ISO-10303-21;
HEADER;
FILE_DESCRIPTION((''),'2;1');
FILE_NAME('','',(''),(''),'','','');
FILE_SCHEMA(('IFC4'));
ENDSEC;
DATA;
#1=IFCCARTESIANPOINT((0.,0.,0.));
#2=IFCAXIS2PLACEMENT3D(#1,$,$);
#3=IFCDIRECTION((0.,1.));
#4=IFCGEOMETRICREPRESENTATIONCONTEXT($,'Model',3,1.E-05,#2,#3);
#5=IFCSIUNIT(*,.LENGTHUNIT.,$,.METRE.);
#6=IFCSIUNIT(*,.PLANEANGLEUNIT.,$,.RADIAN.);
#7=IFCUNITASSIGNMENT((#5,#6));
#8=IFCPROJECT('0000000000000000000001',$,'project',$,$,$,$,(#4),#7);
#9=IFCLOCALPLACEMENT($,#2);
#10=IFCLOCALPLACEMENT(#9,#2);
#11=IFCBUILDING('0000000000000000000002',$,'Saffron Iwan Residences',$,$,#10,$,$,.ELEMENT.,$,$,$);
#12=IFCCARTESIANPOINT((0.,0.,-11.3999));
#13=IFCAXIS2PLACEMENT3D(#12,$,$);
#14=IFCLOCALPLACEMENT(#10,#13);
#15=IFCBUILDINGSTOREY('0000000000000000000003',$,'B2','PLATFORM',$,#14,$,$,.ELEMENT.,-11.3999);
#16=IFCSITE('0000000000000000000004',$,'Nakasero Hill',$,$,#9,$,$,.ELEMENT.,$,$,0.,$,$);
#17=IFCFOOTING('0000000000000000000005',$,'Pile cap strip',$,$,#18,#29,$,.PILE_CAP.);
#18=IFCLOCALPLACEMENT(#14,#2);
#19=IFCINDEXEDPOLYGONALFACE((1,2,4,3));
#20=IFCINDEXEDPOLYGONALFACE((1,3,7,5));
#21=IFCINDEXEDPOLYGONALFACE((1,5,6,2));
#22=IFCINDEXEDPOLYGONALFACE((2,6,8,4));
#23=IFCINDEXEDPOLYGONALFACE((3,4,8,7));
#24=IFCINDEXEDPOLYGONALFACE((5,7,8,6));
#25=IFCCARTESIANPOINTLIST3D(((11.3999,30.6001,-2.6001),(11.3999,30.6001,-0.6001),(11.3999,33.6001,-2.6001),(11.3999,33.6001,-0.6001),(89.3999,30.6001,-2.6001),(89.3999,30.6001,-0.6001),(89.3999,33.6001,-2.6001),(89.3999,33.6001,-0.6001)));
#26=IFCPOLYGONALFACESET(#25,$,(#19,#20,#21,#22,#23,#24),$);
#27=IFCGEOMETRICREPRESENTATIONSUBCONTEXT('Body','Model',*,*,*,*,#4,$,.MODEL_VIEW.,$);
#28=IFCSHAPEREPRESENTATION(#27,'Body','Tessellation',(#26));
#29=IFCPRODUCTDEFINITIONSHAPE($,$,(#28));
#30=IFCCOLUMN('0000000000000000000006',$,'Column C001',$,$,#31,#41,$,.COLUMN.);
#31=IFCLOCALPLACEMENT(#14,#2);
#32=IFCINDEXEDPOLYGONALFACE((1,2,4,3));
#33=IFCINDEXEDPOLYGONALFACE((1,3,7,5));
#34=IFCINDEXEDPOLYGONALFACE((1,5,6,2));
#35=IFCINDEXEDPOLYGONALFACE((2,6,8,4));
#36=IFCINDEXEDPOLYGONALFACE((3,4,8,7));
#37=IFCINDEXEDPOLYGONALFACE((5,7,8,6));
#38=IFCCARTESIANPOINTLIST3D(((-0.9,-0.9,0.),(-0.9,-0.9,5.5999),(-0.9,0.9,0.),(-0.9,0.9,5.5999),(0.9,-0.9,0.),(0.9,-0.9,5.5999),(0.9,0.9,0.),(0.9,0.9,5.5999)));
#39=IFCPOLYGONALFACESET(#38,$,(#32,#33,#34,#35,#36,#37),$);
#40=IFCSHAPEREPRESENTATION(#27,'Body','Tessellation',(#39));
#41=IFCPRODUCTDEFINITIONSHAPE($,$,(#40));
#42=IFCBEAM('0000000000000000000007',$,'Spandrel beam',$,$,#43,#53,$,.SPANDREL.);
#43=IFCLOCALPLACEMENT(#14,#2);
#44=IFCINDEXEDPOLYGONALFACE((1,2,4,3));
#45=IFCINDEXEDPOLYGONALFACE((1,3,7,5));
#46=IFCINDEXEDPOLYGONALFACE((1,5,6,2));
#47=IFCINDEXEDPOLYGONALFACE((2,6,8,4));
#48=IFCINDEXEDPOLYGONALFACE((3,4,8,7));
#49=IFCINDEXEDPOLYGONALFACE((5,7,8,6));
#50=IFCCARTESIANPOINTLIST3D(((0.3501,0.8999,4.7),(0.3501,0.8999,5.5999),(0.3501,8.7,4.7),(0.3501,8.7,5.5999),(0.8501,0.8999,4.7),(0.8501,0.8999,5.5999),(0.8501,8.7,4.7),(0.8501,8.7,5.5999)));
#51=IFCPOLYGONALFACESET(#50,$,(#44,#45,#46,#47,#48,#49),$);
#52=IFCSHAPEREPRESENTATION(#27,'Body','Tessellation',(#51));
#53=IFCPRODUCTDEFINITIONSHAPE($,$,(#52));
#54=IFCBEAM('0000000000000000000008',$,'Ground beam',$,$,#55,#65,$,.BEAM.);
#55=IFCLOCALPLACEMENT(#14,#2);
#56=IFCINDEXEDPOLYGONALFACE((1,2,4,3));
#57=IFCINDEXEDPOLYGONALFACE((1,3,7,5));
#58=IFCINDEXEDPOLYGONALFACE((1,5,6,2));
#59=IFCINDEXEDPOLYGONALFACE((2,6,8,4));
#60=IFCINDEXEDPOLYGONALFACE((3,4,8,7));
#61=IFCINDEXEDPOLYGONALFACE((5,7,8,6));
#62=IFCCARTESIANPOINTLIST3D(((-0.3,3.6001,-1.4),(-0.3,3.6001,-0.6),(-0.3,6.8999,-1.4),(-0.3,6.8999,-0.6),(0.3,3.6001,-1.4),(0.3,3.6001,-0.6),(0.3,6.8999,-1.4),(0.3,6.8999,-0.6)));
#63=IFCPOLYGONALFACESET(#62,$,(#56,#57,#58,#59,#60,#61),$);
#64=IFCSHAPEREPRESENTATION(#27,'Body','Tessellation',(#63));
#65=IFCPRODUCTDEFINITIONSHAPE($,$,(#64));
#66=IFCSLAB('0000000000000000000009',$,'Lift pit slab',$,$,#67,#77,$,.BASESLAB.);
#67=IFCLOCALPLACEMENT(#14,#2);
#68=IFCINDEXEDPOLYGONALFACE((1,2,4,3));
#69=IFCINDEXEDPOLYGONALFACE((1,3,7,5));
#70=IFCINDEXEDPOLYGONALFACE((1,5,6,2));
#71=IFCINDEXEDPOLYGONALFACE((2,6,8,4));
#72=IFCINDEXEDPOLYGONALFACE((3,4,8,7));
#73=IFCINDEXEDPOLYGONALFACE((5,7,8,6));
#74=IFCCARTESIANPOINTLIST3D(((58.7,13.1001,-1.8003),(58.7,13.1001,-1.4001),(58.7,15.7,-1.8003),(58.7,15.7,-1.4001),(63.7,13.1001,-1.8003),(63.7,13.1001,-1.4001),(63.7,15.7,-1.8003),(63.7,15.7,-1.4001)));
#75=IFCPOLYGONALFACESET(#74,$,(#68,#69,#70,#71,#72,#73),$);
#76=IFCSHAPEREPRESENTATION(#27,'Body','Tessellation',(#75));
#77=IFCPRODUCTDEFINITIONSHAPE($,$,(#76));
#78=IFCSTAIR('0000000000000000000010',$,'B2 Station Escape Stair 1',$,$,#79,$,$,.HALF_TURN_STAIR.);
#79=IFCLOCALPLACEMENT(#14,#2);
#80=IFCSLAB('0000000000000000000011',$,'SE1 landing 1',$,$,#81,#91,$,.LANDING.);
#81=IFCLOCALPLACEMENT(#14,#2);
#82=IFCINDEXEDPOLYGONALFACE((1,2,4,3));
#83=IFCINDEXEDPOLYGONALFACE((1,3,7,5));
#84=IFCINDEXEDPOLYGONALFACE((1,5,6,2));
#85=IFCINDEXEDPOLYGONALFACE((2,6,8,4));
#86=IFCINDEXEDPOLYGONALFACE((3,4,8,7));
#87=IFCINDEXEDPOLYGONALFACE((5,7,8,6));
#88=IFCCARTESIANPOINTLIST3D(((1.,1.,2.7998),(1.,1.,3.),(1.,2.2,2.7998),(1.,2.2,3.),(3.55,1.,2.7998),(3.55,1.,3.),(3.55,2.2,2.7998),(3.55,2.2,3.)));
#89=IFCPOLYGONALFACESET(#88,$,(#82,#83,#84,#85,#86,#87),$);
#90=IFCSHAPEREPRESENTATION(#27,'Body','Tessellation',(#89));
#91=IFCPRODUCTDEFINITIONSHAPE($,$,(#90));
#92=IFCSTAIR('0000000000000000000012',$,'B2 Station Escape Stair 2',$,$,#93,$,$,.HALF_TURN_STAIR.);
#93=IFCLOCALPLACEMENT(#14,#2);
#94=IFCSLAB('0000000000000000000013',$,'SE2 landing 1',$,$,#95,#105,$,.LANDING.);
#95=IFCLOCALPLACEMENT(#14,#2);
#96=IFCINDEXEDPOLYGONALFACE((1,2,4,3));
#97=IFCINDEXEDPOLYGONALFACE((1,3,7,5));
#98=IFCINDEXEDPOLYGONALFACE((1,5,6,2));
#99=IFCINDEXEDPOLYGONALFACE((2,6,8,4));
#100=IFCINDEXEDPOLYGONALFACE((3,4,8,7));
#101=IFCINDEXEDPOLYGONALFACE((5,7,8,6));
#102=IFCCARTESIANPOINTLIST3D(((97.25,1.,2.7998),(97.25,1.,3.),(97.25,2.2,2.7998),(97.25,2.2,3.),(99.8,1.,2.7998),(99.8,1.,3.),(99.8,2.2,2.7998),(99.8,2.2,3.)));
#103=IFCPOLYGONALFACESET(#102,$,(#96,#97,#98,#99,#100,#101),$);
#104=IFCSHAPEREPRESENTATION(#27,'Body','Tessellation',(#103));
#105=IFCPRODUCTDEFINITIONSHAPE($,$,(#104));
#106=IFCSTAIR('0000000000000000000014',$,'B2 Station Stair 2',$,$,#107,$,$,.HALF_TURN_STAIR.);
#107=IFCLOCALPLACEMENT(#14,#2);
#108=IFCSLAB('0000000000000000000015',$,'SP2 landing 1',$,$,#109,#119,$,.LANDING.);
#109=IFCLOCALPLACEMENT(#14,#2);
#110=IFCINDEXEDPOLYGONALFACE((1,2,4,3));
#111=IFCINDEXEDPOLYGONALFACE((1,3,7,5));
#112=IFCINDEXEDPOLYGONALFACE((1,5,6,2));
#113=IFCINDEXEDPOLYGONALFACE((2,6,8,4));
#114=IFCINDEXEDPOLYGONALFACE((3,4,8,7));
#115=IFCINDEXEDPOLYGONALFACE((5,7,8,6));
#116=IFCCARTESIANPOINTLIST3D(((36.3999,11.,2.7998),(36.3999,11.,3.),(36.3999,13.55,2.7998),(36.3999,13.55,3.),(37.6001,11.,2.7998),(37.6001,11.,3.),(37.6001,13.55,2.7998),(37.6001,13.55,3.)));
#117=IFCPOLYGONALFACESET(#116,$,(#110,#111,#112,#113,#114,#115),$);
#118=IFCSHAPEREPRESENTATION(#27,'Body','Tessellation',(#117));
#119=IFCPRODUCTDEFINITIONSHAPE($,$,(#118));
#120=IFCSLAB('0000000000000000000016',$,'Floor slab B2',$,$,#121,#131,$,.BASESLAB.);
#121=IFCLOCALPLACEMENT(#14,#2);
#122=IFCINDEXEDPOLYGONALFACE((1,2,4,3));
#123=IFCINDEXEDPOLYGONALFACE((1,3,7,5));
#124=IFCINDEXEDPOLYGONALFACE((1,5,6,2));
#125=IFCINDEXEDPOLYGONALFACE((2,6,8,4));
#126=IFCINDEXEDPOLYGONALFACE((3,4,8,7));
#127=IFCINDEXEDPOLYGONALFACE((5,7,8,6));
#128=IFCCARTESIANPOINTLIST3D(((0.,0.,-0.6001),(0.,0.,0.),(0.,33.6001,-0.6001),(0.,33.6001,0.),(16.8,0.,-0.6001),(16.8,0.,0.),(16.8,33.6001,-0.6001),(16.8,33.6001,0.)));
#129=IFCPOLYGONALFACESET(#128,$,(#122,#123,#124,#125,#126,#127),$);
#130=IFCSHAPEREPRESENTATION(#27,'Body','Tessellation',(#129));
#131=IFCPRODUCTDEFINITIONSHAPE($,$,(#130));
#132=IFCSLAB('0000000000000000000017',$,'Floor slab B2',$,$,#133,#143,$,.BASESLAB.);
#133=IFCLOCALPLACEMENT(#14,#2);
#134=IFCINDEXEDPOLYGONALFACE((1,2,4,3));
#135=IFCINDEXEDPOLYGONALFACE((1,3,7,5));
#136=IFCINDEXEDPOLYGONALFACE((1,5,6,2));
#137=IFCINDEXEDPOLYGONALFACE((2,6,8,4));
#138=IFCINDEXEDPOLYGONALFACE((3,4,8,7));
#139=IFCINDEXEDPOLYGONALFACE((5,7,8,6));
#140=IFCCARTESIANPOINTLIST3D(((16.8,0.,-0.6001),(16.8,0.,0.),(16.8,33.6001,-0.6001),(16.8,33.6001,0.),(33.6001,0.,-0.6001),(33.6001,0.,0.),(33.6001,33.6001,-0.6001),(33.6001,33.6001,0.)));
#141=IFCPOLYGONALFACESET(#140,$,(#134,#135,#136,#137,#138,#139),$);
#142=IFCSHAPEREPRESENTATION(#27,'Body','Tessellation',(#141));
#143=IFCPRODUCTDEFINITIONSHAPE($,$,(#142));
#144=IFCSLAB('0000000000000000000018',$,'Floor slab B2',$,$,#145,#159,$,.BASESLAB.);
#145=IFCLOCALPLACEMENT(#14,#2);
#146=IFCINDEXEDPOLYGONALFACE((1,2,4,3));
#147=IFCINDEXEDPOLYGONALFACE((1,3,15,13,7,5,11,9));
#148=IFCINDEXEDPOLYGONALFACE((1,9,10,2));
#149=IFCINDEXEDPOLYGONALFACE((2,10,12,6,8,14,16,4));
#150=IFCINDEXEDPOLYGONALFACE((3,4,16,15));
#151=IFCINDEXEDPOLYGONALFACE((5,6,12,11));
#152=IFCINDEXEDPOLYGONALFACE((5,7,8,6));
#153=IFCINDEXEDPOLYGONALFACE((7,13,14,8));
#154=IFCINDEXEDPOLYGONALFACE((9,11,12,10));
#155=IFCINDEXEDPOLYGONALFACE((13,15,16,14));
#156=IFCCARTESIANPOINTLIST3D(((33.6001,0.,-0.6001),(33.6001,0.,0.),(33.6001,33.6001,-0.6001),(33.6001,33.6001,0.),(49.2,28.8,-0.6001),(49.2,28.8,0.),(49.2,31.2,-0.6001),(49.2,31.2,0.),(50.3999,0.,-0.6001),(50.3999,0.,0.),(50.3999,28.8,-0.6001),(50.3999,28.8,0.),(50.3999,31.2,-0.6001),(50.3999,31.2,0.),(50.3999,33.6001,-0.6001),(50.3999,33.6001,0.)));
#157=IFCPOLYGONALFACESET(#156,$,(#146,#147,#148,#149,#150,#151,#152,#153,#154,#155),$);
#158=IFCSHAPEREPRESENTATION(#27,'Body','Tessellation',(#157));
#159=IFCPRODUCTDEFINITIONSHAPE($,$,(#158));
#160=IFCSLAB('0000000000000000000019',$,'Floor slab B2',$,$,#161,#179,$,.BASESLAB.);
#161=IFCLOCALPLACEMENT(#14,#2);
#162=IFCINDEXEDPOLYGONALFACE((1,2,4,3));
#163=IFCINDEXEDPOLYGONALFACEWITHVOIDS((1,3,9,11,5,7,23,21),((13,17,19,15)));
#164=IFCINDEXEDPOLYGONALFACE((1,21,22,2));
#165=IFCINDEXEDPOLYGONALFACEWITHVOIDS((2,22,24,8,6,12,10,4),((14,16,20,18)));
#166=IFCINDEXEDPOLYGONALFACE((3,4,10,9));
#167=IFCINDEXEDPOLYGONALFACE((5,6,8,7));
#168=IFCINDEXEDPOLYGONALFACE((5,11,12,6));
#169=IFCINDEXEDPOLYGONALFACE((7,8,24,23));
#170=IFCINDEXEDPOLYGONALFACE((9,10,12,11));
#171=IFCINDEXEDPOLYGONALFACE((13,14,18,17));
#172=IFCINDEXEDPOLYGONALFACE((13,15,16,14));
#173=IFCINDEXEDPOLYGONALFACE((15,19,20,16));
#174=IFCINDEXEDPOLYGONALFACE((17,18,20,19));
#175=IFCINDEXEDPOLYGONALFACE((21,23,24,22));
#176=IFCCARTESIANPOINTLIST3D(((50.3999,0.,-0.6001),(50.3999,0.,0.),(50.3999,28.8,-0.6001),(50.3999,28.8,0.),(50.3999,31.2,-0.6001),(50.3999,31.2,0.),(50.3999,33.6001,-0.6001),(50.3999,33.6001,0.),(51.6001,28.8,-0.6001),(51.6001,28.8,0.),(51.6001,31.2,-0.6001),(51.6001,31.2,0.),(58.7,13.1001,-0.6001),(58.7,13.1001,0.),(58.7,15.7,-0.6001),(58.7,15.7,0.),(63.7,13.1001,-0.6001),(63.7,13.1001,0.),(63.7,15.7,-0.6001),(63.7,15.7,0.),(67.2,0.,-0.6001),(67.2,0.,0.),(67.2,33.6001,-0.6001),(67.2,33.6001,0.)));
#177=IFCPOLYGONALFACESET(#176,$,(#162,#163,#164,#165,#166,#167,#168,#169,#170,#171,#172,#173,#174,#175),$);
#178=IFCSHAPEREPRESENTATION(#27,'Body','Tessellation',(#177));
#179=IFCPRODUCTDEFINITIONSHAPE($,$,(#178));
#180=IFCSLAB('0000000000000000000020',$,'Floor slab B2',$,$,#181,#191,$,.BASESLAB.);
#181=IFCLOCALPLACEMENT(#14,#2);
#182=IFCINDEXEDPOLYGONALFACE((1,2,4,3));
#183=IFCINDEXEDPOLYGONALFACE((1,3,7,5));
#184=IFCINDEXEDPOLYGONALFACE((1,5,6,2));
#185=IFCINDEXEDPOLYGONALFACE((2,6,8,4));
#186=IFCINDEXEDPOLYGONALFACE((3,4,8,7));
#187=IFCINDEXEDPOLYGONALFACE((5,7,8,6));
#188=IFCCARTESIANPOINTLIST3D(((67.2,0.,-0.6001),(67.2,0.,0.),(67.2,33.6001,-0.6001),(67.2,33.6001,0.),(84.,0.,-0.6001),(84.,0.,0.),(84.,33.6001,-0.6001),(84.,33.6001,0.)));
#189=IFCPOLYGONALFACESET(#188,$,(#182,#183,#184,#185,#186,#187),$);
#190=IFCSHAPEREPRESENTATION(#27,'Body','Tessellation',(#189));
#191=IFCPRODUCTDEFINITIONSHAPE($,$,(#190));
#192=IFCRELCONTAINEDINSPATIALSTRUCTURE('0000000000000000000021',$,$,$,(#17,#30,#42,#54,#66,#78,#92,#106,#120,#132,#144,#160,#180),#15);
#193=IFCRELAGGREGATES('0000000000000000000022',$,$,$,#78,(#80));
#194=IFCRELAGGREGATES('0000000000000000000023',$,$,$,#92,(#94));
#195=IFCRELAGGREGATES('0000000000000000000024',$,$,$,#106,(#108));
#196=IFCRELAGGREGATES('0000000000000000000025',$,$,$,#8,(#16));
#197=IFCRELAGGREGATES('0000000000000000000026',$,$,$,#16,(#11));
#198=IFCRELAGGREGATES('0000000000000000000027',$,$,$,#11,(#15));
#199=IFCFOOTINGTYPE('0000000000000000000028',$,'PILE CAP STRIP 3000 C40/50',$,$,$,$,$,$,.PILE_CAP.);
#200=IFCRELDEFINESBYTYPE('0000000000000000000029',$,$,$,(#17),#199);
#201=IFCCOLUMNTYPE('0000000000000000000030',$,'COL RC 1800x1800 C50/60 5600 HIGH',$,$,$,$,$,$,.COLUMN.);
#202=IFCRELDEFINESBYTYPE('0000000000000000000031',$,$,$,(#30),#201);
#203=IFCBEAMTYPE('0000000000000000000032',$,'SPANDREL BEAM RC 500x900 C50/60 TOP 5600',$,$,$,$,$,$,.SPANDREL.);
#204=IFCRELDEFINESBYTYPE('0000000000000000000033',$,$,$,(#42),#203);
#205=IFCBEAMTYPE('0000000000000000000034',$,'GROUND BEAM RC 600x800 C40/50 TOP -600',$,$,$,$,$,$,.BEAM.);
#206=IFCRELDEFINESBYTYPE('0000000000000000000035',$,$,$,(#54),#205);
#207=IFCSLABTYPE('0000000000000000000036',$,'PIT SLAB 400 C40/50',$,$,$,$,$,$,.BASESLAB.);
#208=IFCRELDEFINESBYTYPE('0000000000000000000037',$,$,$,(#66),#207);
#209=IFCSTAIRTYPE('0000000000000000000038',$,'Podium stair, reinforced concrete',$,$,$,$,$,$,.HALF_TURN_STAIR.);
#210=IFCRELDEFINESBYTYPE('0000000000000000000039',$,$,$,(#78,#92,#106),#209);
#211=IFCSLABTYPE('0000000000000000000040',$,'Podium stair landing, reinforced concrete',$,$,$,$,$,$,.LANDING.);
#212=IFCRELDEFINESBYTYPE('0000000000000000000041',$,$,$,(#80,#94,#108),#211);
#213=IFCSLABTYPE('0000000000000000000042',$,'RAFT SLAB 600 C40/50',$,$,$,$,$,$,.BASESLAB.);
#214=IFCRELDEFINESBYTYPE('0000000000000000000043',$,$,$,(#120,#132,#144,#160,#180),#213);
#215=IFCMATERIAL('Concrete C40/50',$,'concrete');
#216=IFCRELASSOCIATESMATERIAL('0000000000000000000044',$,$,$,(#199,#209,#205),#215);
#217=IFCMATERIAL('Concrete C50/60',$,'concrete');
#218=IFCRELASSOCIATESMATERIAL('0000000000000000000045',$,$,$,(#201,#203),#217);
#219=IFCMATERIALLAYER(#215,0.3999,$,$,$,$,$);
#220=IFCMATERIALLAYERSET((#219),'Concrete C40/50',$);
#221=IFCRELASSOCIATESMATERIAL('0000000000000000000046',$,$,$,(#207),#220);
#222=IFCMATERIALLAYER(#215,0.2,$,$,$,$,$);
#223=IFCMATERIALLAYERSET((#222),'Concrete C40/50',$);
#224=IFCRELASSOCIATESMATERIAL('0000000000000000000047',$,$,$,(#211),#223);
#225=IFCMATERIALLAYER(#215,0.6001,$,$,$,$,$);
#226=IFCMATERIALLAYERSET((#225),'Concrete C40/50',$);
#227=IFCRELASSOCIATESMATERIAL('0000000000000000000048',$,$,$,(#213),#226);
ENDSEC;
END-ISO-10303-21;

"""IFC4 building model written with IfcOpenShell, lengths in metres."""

from ifc_helpers import new_model, si_unit, direction, frame, origin, origin_with_axes, origin_2d, place, context, subcontext, project, spatial, polyline, rectangle, outline, extrude, source, transform, mapped, material, layer, layer_set, material_profile, profile_set, type_object, element, aggregate, save


model = new_model("IFC4")

# Units and contexts
model_context = context("Model", 3, precision=1e-05, world=origin(), true_north=direction((0.0, 1.0)))
body_context = subcontext(model_context, "Body", "Model", "MODEL_VIEW")
ifc_project = project(units=[si_unit("LENGTHUNIT", "METRE"), si_unit("PLANEANGLEUNIT", "RADIAN")], contexts=[model_context])

# Site, building, storey
site_placement = place(None, origin())
site = spatial("IfcSite", under=ifc_project, at=site_placement, Name="Nakasero Hill", CompositionType="ELEMENT", RefElevation=0.0)
building_placement = place(site_placement, origin())
building = spatial("IfcBuilding", under=site, at=building_placement, Name="Saffron Iwan Residences", CompositionType="ELEMENT")
storey_placement = place(building_placement, frame((0.0, 0.0, -11.3999)))
storey = spatial("IfcBuildingStorey", under=building, at=storey_placement, Name="B2", Description="PLATFORM", CompositionType="ELEMENT", Elevation=-11.3999)

# Footing
ifc_material_1 = material(Name="Concrete C40/50", Category="concrete")
footing_type = type_object("IfcFootingType", Name="PILE CAP STRIP 3000 C40/50", PredefinedType="PILE_CAP", material=ifc_material_1)
footing_placement = place(storey_placement, frame((0.0, 0.0, -2.6001)))
element("IfcFooting", 1, at=footing_placement, inside=storey, type_object=footing_type, Name="Pile cap strip", PredefinedType="PILE_CAP", context=body_context, shape_type="SweptSolid", body=[
    extrude(outline(polyline([(11.3999, 30.6001), (89.3999, 30.6001), (89.3999, 33.6001), (11.3999, 33.6001), (11.3999, 30.6001)])), origin(), (0.0, 0.0, 1.0), 2.0),
])

# Column
ifc_material_2 = material(Name="Concrete C50/60", Category="concrete")
ifc_material_profile_1 = material_profile(ifc_material_2, rectangle(XDim=1.8, YDim=1.8, at=origin_2d()), Name="RC 1800x1800")
ifc_profile_set_1 = profile_set([ifc_material_profile_1], Name="Concrete C50/60")
column_type = type_object("IfcColumnType", Name="COL RC 1800x1800 C50/60 5600 HIGH", PredefinedType="COLUMN", material=ifc_profile_set_1)
shared_shape_1 = source(origin(), body_context, "Body", "SweptSolid", [
    extrude(rectangle(XDim=1.8, YDim=1.8, at=origin_2d()), origin(), (0.0, 0.0, 1.0), 5.5999),
])
column_placement = place(storey_placement, origin_with_axes())
element("IfcColumn", 2, at=column_placement, inside=storey, type_object=column_type, Name="Column C001", PredefinedType="COLUMN", context=body_context, shape_type="MappedRepresentation", body=[
    mapped(shared_shape_1, transform((0.0, 0.0, 0.0))),
])

# Beams
ifc_material_profile_2 = material_profile(ifc_material_2, rectangle(XDim=0.5, YDim=0.8999, at=origin_2d()), Name="RC 500x900")
ifc_profile_set_2 = profile_set([ifc_material_profile_2], Name="Concrete C50/60")
beam_type_1 = type_object("IfcBeamType", Name="SPANDREL BEAM RC 500x900 C50/60 TOP 5600", PredefinedType="SPANDREL", material=ifc_profile_set_2)
shared_shape_2 = source(origin(), body_context, "Body", "SweptSolid", [
    extrude(rectangle(XDim=0.5, YDim=0.8999, at=origin_2d()), origin(), (0.0, 0.0, 1.0), 7.8),
])
beam_1_placement = place(storey_placement, frame((0.6001, 0.8999, 5.1499), z_axis=(0.0, 1.0, 0.0), x_axis=(-1.0, 0.0, 0.0)))
element("IfcBeam", 3, at=beam_1_placement, inside=storey, type_object=beam_type_1, Name="Spandrel beam", PredefinedType="SPANDREL", context=body_context, shape_type="MappedRepresentation", body=[
    mapped(shared_shape_2, transform((0.0, 0.0, 0.0))),
])
ifc_material_profile_3 = material_profile(ifc_material_1, rectangle(XDim=0.6001, YDim=0.8, at=origin_2d()), Name="RC 600x800")
ifc_profile_set_3 = profile_set([ifc_material_profile_3], Name="Concrete C40/50")
beam_type_2 = type_object("IfcBeamType", Name="GROUND BEAM RC 600x800 C40/50 TOP -600", PredefinedType="BEAM", material=ifc_profile_set_3)
shared_shape_3 = source(origin(), body_context, "Body", "SweptSolid", [
    extrude(rectangle(XDim=0.6001, YDim=0.8, at=origin_2d()), origin(), (0.0, 0.0, 1.0), 3.2998),
])
beam_2_placement = place(storey_placement, frame((0.0, 3.6001, -1.0), z_axis=(0.0, 1.0, 0.0), x_axis=(-1.0, 0.0, 0.0)))
element("IfcBeam", 4, at=beam_2_placement, inside=storey, type_object=beam_type_2, Name="Ground beam", PredefinedType="BEAM", context=body_context, shape_type="MappedRepresentation", body=[
    mapped(shared_shape_3, transform((0.0, 0.0, 0.0))),
])

# Slab
ifc_layer_1 = layer(ifc_material_1, 0.3999)
ifc_layer_set_1 = layer_set([ifc_layer_1], Name="Concrete C40/50")
slab_type_1 = type_object("IfcSlabType", Name="PIT SLAB 400 C40/50", PredefinedType="BASESLAB", material=ifc_layer_set_1)
slab_1_placement = place(storey_placement, frame((0.0, 0.0, -1.8003)))
element("IfcSlab", 5, at=slab_1_placement, inside=storey, type_object=slab_type_1, Name="Lift pit slab", PredefinedType="BASESLAB", context=body_context, shape_type="SweptSolid", body=[
    extrude(outline(polyline([(58.7, 13.1001), (63.7, 13.1001), (63.7, 15.7), (58.7, 15.7), (58.7, 13.1001)])), origin(), (0.0, 0.0, 1.0), 0.4001),
])

# Stairs, slabs
stair_type = type_object("IfcStairType", Name="Podium stair, reinforced concrete", PredefinedType="HALF_TURN_STAIR", material=ifc_material_1)
stair_1_placement = place(storey_placement, origin())
stair_1 = element("IfcStair", 6, at=stair_1_placement, inside=storey, type_object=stair_type, Name="B2 Station Escape Stair 1", PredefinedType="HALF_TURN_STAIR")
ifc_layer_2 = layer(ifc_material_1, 0.2)
ifc_layer_set_2 = layer_set([ifc_layer_2], Name="Concrete C40/50")
slab_type_2 = type_object("IfcSlabType", Name="Podium stair landing, reinforced concrete", PredefinedType="LANDING", material=ifc_layer_set_2)
slab_2_placement = place(storey_placement, frame((0.0, 0.0, 2.7998)))
slab_2 = element("IfcSlab", 7, at=slab_2_placement, type_object=slab_type_2, Name="SE1 landing 1", PredefinedType="LANDING", context=body_context, shape_type="SweptSolid", body=[
    extrude(outline(polyline([(1.0, 2.2), (1.0, 1.0), (3.55, 1.0), (3.55, 2.2), (1.0, 2.2)])), origin(), (0.0, 0.0, 1.0), 0.2002),
])
aggregate(stair_1, [slab_2])
stair_2_placement = place(storey_placement, origin())
stair_2 = element("IfcStair", 8, at=stair_2_placement, inside=storey, type_object=stair_type, Name="B2 Station Escape Stair 2", PredefinedType="HALF_TURN_STAIR")
slab_3_placement = place(storey_placement, frame((0.0, 0.0, 2.7998)))
slab_3 = element("IfcSlab", 9, at=slab_3_placement, type_object=slab_type_2, Name="SE2 landing 1", PredefinedType="LANDING", context=body_context, shape_type="SweptSolid", body=[
    extrude(outline(polyline([(97.25, 2.2), (97.25, 1.0), (99.8, 1.0), (99.8, 2.2), (97.25, 2.2)])), origin(), (0.0, 0.0, 1.0), 0.2002),
])
aggregate(stair_2, [slab_3])
stair_3_placement = place(storey_placement, origin())
stair_3 = element("IfcStair", 10, at=stair_3_placement, inside=storey, type_object=stair_type, Name="B2 Station Stair 2", PredefinedType="HALF_TURN_STAIR")
slab_4_placement = place(storey_placement, frame((0.0, 0.0, 2.7998)))
slab_4 = element("IfcSlab", 11, at=slab_4_placement, type_object=slab_type_2, Name="SP2 landing 1", PredefinedType="LANDING", context=body_context, shape_type="SweptSolid", body=[
    extrude(outline(polyline([(36.3999, 11.0), (37.6001, 11.0), (37.6001, 13.55), (36.3999, 13.55), (36.3999, 11.0)])), origin(), (0.0, 0.0, 1.0), 0.2002),
])
aggregate(stair_3, [slab_4])

# Slabs
ifc_layer_3 = layer(ifc_material_1, 0.6001)
ifc_layer_set_3 = layer_set([ifc_layer_3], Name="Concrete C40/50")
slab_type_3 = type_object("IfcSlabType", Name="RAFT SLAB 600 C40/50", PredefinedType="BASESLAB", material=ifc_layer_set_3)
slab_5_placement = place(storey_placement, frame((0.0, 0.0, -0.6001)))
element("IfcSlab", 12, at=slab_5_placement, inside=storey, type_object=slab_type_3, Name="Floor slab B2", PredefinedType="BASESLAB", context=body_context, shape_type="SweptSolid", body=[
    extrude(outline(polyline([(0.0, 33.6001), (16.8, 33.6001), (16.8, 0.0), (0.0, 0.0), (0.0, 33.6001)])), origin(), (0.0, 0.0, 1.0), 0.6001),
])
slab_6_placement = place(storey_placement, frame((0.0, 0.0, -0.6001)))
element("IfcSlab", 13, at=slab_6_placement, inside=storey, type_object=slab_type_3, Name="Floor slab B2", PredefinedType="BASESLAB", context=body_context, shape_type="SweptSolid", body=[
    extrude(outline(polyline([(33.6001, 33.6001), (33.6001, 0.0), (16.8, 0.0), (16.8, 33.6001), (33.6001, 33.6001)])), origin(), (0.0, 0.0, 1.0), 0.6001),
])
slab_7_placement = place(storey_placement, frame((0.0, 0.0, -0.6001)))
element("IfcSlab", 14, at=slab_7_placement, inside=storey, type_object=slab_type_3, Name="Floor slab B2", PredefinedType="BASESLAB", context=body_context, shape_type="SweptSolid", body=[
    extrude(outline(polyline([(50.3999, 33.6001), (50.3999, 31.2), (49.2, 31.2), (49.2, 28.8), (50.3999, 28.8), (50.3999, 0.0), (33.6001, 0.0), (33.6001, 33.6001), (50.3999, 33.6001)])), origin(), (0.0, 0.0, 1.0), 0.6001),
])
slab_8_placement = place(storey_placement, frame((0.0, 0.0, -0.6001)))
element("IfcSlab", 15, at=slab_8_placement, inside=storey, type_object=slab_type_3, Name="Floor slab B2", PredefinedType="BASESLAB", context=body_context, shape_type="SweptSolid", body=[
    extrude(outline(polyline([(67.2, 33.6001), (67.2, 0.0), (50.3999, 0.0), (50.3999, 28.8), (51.6001, 28.8), (51.6001, 31.2), (50.3999, 31.2), (50.3999, 33.6001), (67.2, 33.6001)]), holes=[polyline([(63.7, 15.7), (58.7, 15.7), (58.7, 13.1001), (63.7, 13.1001), (63.7, 15.7)])]), origin(), (0.0, 0.0, 1.0), 0.6001),
])
slab_9_placement = place(storey_placement, frame((0.0, 0.0, -0.6001)))
element("IfcSlab", 16, at=slab_9_placement, inside=storey, type_object=slab_type_3, Name="Floor slab B2", PredefinedType="BASESLAB", context=body_context, shape_type="SweptSolid", body=[
    extrude(outline(polyline([(84.0, 33.6001), (84.0, 0.0), (67.2, 0.0), (67.2, 33.6001), (84.0, 33.6001)])), origin(), (0.0, 0.0, 1.0), 0.6001),
])

save(model, "model.ifc")
